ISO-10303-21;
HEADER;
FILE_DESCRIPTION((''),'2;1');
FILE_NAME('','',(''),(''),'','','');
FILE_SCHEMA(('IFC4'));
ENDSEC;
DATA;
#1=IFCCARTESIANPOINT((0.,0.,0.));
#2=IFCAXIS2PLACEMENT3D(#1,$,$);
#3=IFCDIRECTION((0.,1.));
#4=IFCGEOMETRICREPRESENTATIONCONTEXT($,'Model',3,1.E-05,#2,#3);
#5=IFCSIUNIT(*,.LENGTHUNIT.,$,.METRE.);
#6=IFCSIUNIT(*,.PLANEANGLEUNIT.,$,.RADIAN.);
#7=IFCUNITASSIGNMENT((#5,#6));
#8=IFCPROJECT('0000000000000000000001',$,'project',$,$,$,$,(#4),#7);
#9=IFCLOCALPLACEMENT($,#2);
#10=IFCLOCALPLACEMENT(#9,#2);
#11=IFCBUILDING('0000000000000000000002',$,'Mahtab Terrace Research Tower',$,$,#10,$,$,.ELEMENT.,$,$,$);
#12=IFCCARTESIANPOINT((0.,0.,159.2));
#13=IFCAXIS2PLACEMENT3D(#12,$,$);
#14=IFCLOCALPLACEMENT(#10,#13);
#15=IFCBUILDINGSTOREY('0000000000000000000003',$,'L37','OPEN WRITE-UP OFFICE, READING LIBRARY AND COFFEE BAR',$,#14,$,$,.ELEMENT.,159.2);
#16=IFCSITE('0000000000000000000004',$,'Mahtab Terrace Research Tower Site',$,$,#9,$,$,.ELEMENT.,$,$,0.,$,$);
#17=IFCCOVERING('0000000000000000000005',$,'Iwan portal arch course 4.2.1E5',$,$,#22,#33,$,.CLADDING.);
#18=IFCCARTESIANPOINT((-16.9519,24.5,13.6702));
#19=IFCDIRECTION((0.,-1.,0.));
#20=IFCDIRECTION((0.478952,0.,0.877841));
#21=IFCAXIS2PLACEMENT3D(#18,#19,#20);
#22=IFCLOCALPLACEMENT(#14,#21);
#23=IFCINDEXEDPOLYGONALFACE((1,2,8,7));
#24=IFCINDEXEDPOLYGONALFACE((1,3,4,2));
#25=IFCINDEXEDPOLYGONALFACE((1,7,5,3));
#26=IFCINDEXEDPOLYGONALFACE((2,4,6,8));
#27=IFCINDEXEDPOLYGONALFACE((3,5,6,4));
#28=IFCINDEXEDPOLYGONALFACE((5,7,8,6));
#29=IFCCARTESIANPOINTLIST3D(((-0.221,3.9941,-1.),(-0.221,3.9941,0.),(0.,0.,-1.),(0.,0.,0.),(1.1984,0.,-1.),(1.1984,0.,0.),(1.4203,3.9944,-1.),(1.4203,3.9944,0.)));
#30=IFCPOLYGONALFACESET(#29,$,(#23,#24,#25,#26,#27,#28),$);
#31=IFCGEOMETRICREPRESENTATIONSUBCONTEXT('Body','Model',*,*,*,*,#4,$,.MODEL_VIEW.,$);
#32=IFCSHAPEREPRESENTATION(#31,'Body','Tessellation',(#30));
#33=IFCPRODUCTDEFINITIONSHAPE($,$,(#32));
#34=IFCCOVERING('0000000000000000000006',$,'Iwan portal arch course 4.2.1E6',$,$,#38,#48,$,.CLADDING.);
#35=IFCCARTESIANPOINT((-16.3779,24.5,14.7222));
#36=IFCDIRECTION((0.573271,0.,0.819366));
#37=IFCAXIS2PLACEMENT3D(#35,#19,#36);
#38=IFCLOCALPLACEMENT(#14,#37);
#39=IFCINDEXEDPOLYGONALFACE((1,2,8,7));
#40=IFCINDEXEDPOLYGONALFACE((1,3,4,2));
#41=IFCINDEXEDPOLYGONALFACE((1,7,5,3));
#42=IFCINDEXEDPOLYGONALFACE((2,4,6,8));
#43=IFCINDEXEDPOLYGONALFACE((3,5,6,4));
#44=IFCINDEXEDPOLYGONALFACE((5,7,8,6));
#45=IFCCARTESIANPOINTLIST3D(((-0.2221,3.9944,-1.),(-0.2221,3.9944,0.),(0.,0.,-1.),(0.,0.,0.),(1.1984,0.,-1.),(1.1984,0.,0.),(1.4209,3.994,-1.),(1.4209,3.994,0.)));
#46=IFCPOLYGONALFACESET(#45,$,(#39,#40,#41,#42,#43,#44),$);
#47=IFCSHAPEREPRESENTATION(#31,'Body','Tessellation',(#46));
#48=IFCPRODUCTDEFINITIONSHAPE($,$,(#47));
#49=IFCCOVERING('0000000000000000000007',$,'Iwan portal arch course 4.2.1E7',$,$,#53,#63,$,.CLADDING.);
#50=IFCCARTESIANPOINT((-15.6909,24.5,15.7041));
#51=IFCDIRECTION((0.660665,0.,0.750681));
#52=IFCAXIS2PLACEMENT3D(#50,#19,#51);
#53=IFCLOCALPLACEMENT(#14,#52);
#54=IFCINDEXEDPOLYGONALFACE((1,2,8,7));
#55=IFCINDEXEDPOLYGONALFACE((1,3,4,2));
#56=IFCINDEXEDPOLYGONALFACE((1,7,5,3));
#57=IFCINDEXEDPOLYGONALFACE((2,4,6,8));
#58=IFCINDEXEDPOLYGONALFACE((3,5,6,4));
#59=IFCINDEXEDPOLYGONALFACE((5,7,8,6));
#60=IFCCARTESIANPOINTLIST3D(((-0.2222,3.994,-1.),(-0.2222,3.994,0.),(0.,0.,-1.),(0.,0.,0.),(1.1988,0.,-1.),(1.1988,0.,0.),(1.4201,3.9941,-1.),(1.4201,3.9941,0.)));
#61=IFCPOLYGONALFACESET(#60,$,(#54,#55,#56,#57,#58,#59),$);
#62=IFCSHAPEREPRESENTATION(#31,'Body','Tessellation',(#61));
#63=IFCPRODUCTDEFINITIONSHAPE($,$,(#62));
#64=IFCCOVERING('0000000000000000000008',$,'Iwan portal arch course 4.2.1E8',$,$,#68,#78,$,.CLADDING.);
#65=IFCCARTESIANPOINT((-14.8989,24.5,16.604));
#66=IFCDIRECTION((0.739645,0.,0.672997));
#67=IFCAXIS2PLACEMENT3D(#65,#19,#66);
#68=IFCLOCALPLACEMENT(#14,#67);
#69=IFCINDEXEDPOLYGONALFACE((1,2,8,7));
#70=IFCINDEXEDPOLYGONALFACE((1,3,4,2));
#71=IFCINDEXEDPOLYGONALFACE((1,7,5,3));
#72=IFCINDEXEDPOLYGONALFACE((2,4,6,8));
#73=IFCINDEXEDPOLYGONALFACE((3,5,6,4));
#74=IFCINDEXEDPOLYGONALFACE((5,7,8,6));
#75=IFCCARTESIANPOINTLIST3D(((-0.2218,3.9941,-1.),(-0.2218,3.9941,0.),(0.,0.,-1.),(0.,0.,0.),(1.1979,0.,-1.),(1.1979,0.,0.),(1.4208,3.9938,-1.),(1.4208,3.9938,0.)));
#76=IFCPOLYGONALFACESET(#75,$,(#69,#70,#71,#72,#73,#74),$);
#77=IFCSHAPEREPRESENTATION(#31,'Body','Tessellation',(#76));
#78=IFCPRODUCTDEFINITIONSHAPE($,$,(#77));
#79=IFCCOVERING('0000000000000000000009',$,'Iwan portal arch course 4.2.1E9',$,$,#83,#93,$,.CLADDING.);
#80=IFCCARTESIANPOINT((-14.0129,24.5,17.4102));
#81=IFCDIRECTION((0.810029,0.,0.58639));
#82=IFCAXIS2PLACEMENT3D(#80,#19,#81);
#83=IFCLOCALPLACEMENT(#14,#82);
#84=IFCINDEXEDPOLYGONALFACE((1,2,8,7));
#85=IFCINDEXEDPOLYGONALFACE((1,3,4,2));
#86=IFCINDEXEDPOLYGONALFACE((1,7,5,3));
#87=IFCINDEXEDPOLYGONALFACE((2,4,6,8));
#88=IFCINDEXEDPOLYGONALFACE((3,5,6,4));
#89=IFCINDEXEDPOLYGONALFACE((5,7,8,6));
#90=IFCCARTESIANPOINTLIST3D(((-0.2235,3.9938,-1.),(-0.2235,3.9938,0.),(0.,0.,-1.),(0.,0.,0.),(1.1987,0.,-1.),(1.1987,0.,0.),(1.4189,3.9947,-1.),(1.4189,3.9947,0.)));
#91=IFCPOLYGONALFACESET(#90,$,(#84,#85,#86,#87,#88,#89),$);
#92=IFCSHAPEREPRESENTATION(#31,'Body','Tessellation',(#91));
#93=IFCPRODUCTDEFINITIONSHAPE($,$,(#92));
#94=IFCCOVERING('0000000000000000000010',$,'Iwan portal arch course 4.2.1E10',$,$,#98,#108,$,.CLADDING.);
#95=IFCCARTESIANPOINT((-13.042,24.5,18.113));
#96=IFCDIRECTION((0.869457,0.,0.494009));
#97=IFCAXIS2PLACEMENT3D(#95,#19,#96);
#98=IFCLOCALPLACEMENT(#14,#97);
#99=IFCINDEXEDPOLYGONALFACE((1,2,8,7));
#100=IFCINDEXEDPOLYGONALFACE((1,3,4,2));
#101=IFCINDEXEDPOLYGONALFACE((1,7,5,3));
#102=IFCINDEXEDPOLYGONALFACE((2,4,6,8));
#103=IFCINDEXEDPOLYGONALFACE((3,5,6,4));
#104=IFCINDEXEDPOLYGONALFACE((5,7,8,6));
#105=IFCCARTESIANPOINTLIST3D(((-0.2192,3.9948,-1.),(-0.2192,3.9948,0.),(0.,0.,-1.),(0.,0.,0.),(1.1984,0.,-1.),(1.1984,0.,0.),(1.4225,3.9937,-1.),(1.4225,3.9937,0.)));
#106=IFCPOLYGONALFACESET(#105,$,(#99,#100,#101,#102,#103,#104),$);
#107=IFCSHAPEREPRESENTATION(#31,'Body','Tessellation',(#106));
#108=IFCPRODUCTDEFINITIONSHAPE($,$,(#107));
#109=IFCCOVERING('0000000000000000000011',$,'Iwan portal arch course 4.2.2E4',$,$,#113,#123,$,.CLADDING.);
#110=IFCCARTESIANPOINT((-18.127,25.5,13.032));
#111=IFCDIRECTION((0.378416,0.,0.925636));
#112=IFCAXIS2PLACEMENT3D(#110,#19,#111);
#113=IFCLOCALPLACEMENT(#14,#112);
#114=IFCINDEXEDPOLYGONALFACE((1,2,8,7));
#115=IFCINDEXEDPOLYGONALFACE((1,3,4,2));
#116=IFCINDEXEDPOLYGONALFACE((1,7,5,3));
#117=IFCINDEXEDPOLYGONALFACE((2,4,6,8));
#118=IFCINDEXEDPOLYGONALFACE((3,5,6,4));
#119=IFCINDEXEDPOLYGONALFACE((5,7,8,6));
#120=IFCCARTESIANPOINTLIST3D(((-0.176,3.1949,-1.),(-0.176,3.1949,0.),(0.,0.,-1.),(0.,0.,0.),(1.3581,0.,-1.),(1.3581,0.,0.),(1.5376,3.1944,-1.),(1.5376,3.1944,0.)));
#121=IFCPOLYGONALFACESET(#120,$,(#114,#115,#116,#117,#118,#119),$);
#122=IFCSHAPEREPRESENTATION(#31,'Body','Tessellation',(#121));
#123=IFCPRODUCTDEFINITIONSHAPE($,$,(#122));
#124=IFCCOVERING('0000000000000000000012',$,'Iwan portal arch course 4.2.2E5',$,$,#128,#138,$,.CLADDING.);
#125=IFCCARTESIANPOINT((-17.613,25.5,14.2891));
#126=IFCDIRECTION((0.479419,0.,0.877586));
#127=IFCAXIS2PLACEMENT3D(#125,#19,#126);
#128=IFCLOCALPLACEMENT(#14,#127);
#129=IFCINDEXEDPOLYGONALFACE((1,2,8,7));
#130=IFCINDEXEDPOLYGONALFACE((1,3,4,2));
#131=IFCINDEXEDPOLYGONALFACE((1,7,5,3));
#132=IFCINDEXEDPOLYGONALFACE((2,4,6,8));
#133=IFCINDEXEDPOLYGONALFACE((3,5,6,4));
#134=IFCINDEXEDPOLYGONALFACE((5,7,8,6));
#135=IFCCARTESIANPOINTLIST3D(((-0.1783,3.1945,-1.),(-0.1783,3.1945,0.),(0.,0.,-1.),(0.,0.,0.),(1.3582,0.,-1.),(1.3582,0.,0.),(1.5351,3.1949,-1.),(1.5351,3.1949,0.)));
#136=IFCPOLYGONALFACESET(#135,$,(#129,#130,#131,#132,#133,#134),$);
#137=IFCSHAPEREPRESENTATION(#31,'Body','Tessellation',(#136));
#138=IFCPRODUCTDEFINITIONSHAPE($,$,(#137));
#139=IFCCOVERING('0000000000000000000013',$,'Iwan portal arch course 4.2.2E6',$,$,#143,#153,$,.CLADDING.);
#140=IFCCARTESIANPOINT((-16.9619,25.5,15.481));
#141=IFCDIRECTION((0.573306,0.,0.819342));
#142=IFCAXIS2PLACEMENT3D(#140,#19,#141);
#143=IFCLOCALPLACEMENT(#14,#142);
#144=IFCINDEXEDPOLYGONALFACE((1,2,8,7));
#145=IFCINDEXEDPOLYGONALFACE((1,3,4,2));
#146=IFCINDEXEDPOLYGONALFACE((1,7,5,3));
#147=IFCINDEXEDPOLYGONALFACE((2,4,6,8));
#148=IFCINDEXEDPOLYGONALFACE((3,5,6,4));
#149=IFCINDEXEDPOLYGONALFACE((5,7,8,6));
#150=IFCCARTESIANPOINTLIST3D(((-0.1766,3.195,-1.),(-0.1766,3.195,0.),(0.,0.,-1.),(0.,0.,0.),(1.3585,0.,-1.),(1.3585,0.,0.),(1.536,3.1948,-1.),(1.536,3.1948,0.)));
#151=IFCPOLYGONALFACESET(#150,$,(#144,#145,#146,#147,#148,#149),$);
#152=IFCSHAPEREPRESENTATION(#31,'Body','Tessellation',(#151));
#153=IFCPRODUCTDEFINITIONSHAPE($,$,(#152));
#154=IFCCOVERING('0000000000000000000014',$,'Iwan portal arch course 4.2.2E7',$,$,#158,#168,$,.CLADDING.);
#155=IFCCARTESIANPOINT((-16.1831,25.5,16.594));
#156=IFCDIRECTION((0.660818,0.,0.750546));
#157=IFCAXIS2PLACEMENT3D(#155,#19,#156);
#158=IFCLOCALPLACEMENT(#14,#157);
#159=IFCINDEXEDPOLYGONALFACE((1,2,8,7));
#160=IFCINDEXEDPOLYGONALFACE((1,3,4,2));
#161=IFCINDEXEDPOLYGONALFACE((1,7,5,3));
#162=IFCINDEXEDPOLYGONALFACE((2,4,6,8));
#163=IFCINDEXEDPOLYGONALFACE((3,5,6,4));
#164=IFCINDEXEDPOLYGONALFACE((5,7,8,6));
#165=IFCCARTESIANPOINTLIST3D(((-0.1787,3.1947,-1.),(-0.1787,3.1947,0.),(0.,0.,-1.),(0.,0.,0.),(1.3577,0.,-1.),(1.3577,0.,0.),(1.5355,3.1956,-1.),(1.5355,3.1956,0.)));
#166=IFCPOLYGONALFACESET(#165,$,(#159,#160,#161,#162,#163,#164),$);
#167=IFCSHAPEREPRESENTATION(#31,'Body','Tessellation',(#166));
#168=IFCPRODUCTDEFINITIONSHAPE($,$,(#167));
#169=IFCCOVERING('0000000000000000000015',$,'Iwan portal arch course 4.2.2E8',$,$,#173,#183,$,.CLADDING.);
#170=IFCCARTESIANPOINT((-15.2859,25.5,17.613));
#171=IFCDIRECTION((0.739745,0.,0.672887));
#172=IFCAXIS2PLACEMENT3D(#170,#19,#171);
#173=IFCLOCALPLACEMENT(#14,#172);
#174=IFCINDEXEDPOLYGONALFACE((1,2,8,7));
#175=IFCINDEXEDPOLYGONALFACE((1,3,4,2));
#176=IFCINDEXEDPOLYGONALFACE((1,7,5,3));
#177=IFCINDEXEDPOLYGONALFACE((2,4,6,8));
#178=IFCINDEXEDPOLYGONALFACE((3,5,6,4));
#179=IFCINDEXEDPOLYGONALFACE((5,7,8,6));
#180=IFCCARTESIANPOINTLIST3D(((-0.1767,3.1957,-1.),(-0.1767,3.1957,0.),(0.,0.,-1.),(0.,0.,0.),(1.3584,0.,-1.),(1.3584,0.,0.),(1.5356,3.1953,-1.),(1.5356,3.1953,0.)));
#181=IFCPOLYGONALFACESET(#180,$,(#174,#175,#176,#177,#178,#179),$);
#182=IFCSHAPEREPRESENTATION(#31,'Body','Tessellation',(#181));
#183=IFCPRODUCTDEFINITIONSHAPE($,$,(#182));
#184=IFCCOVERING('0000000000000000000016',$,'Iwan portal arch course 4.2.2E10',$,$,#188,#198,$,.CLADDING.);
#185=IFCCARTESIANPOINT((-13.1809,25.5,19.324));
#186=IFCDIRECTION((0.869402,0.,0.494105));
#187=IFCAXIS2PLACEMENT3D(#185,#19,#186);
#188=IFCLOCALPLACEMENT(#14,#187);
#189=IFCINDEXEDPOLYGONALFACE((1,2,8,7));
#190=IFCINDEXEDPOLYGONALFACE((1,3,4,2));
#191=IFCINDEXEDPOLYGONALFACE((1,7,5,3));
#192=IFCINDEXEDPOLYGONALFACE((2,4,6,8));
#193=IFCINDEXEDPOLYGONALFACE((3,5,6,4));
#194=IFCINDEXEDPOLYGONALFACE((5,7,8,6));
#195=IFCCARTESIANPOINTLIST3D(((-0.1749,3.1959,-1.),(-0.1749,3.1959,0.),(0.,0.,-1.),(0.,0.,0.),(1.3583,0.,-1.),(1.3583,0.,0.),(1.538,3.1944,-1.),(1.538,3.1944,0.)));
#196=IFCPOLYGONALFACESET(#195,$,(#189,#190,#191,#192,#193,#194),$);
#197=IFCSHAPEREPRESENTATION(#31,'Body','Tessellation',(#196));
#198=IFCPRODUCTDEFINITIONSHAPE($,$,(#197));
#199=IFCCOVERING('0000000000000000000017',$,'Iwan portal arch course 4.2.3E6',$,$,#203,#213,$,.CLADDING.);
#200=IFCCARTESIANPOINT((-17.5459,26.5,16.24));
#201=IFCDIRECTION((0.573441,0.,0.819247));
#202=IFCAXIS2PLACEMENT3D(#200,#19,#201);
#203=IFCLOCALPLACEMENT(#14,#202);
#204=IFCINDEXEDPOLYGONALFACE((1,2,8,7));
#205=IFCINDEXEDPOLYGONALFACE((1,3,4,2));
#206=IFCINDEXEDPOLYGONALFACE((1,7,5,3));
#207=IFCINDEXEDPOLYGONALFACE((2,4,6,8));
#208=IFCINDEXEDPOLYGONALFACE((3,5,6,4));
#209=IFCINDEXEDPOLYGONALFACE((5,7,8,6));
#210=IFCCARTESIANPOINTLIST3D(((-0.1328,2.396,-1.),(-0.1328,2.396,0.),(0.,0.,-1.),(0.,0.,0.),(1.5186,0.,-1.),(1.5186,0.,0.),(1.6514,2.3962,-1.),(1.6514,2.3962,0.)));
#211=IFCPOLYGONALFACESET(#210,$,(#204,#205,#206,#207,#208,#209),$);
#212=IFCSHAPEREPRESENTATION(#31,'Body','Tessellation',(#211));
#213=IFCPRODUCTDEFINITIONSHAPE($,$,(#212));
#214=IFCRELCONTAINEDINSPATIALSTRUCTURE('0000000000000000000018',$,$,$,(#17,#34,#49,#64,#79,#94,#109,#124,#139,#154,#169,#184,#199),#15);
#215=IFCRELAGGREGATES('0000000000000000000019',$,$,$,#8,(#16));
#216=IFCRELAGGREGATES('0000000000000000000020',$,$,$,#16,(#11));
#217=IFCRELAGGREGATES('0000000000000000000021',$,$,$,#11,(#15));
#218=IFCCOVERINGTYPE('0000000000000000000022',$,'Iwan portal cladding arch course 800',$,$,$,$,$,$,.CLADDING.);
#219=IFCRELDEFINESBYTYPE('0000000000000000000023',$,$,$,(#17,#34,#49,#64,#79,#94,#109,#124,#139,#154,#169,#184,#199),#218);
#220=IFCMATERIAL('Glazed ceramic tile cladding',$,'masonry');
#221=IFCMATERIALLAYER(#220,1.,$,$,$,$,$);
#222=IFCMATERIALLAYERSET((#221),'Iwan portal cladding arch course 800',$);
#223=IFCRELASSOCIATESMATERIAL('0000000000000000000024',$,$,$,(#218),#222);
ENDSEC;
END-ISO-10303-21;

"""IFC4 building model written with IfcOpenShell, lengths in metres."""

from ifc_helpers import new_model, si_unit, direction, frame, origin, place, context, subcontext, project, spatial, polyline, outline, extrude, material, layer, layer_set, type_object, element, save


model = new_model("IFC4")

# Units and contexts
model_context = context("Model", 3, precision=1e-05, world=origin(), true_north=direction((0.0, 1.0)))
body_context = subcontext(model_context, "Body", "Model", "MODEL_VIEW")
ifc_project = project(units=[si_unit("LENGTHUNIT", "METRE"), si_unit("PLANEANGLEUNIT", "RADIAN")], contexts=[model_context])

# Site, building, storey
site_placement = place(None, origin())
site = spatial("IfcSite", under=ifc_project, at=site_placement, Name="Mahtab Terrace Research Tower Site", CompositionType="ELEMENT", RefElevation=0.0)
building_placement = place(site_placement, origin())
building = spatial("IfcBuilding", under=site, at=building_placement, Name="Mahtab Terrace Research Tower", CompositionType="ELEMENT")
storey_placement = place(building_placement, frame((0.0, 0.0, 159.2)))
storey = spatial("IfcBuildingStorey", under=building, at=storey_placement, Name="L37", Description="OPEN WRITE-UP OFFICE, READING LIBRARY AND COFFEE BAR", CompositionType="ELEMENT", Elevation=159.2)

# Coverings
ifc_material = material(Name="Glazed ceramic tile cladding", Category="masonry")
ifc_layer = layer(ifc_material, 1.0)
ifc_layer_set = layer_set([ifc_layer], Name="Iwan portal cladding arch course 800")
covering_type = type_object("IfcCoveringType", Name="Iwan portal cladding arch course 800", PredefinedType="CLADDING", material=ifc_layer_set)
covering_1_placement = place(storey_placement, frame((-16.9519, 24.5, 13.6702), z_axis=(0.0, -1.0, 0.0), x_axis=(0.478952, 0.0, 0.877841)))
element("IfcCovering", 1, at=covering_1_placement, inside=storey, type_object=covering_type, Name="Iwan portal arch course 4.2.1E5", PredefinedType="CLADDING", context=body_context, shape_type="SweptSolid", body=[
    extrude(outline(polyline([(0.0, 0.0), (1.1984, 0.0), (1.4203, 3.9944), (-0.221, 3.9941), (0.0, 0.0)])), origin(), (0.0, 0.0, -1.0), 1.0),
])
covering_2_placement = place(storey_placement, frame((-16.3779, 24.5, 14.7222), z_axis=(0.0, -1.0, 0.0), x_axis=(0.573271, 0.0, 0.819366)))
element("IfcCovering", 2, at=covering_2_placement, inside=storey, type_object=covering_type, Name="Iwan portal arch course 4.2.1E6", PredefinedType="CLADDING", context=body_context, shape_type="SweptSolid", body=[
    extrude(outline(polyline([(0.0, 0.0), (1.1984, 0.0), (1.4209, 3.994), (-0.2221, 3.9944), (0.0, 0.0)])), origin(), (0.0, 0.0, -1.0), 1.0),
])
covering_3_placement = place(storey_placement, frame((-15.6909, 24.5, 15.7041), z_axis=(0.0, -1.0, 0.0), x_axis=(0.660665, 0.0, 0.750681)))
element("IfcCovering", 3, at=covering_3_placement, inside=storey, type_object=covering_type, Name="Iwan portal arch course 4.2.1E7", PredefinedType="CLADDING", context=body_context, shape_type="SweptSolid", body=[
    extrude(outline(polyline([(0.0, 0.0), (1.1988, 0.0), (1.4201, 3.9941), (-0.2222, 3.994), (0.0, 0.0)])), origin(), (0.0, 0.0, -1.0), 1.0),
])
covering_4_placement = place(storey_placement, frame((-14.8989, 24.5, 16.604), z_axis=(0.0, -1.0, 0.0), x_axis=(0.739645, 0.0, 0.672997)))
element("IfcCovering", 4, at=covering_4_placement, inside=storey, type_object=covering_type, Name="Iwan portal arch course 4.2.1E8", PredefinedType="CLADDING", context=body_context, shape_type="SweptSolid", body=[
    extrude(outline(polyline([(0.0, 0.0), (1.1979, 0.0), (1.4208, 3.9938), (-0.2218, 3.9941), (0.0, 0.0)])), origin(), (0.0, 0.0, -1.0), 1.0),
])
covering_5_placement = place(storey_placement, frame((-14.0129, 24.5, 17.4102), z_axis=(0.0, -1.0, 0.0), x_axis=(0.810029, 0.0, 0.58639)))
element("IfcCovering", 5, at=covering_5_placement, inside=storey, type_object=covering_type, Name="Iwan portal arch course 4.2.1E9", PredefinedType="CLADDING", context=body_context, shape_type="SweptSolid", body=[
    extrude(outline(polyline([(0.0, 0.0), (1.1987, 0.0), (1.4189, 3.9947), (-0.2235, 3.9938), (0.0, 0.0)])), origin(), (0.0, 0.0, -1.0), 1.0),
])
covering_6_placement = place(storey_placement, frame((-13.042, 24.5, 18.113), z_axis=(0.0, -1.0, 0.0), x_axis=(0.869457, 0.0, 0.494009)))
element("IfcCovering", 6, at=covering_6_placement, inside=storey, type_object=covering_type, Name="Iwan portal arch course 4.2.1E10", PredefinedType="CLADDING", context=body_context, shape_type="SweptSolid", body=[
    extrude(outline(polyline([(0.0, 0.0), (1.1984, 0.0), (1.4225, 3.9937), (-0.2192, 3.9948), (0.0, 0.0)])), origin(), (0.0, 0.0, -1.0), 1.0),
])
covering_7_placement = place(storey_placement, frame((-18.127, 25.5, 13.032), z_axis=(0.0, -1.0, 0.0), x_axis=(0.378416, 0.0, 0.925636)))
element("IfcCovering", 7, at=covering_7_placement, inside=storey, type_object=covering_type, Name="Iwan portal arch course 4.2.2E4", PredefinedType="CLADDING", context=body_context, shape_type="SweptSolid", body=[
    extrude(outline(polyline([(0.0, 0.0), (1.3581, 0.0), (1.5376, 3.1944), (-0.176, 3.1949), (0.0, 0.0)])), origin(), (0.0, 0.0, -1.0), 1.0),
])
covering_8_placement = place(storey_placement, frame((-17.613, 25.5, 14.2891), z_axis=(0.0, -1.0, 0.0), x_axis=(0.479419, 0.0, 0.877586)))
element("IfcCovering", 8, at=covering_8_placement, inside=storey, type_object=covering_type, Name="Iwan portal arch course 4.2.2E5", PredefinedType="CLADDING", context=body_context, shape_type="SweptSolid", body=[
    extrude(outline(polyline([(0.0, 0.0), (1.3582, 0.0), (1.5351, 3.1949), (-0.1783, 3.1945), (0.0, 0.0)])), origin(), (0.0, 0.0, -1.0), 1.0),
])
covering_9_placement = place(storey_placement, frame((-16.9619, 25.5, 15.481), z_axis=(0.0, -1.0, 0.0), x_axis=(0.573306, 0.0, 0.819342)))
element("IfcCovering", 9, at=covering_9_placement, inside=storey, type_object=covering_type, Name="Iwan portal arch course 4.2.2E6", PredefinedType="CLADDING", context=body_context, shape_type="SweptSolid", body=[
    extrude(outline(polyline([(0.0, 0.0), (1.3585, 0.0), (1.536, 3.1948), (-0.1766, 3.195), (0.0, 0.0)])), origin(), (0.0, 0.0, -1.0), 1.0),
])
covering_10_placement = place(storey_placement, frame((-16.1831, 25.5, 16.594), z_axis=(0.0, -1.0, 0.0), x_axis=(0.660818, 0.0, 0.750546)))
element("IfcCovering", 10, at=covering_10_placement, inside=storey, type_object=covering_type, Name="Iwan portal arch course 4.2.2E7", PredefinedType="CLADDING", context=body_context, shape_type="SweptSolid", body=[
    extrude(outline(polyline([(0.0, 0.0), (1.3577, 0.0), (1.5355, 3.1956), (-0.1787, 3.1947), (0.0, 0.0)])), origin(), (0.0, 0.0, -1.0), 1.0),
])
covering_11_placement = place(storey_placement, frame((-15.2859, 25.5, 17.613), z_axis=(0.0, -1.0, 0.0), x_axis=(0.739745, 0.0, 0.672887)))
element("IfcCovering", 11, at=covering_11_placement, inside=storey, type_object=covering_type, Name="Iwan portal arch course 4.2.2E8", PredefinedType="CLADDING", context=body_context, shape_type="SweptSolid", body=[
    extrude(outline(polyline([(0.0, 0.0), (1.3584, 0.0), (1.5356, 3.1953), (-0.1767, 3.1957), (0.0, 0.0)])), origin(), (0.0, 0.0, -1.0), 1.0),
])
covering_12_placement = place(storey_placement, frame((-13.1809, 25.5, 19.324), z_axis=(0.0, -1.0, 0.0), x_axis=(0.869402, 0.0, 0.494105)))
element("IfcCovering", 12, at=covering_12_placement, inside=storey, type_object=covering_type, Name="Iwan portal arch course 4.2.2E10", PredefinedType="CLADDING", context=body_context, shape_type="SweptSolid", body=[
    extrude(outline(polyline([(0.0, 0.0), (1.3583, 0.0), (1.538, 3.1944), (-0.1749, 3.1959), (0.0, 0.0)])), origin(), (0.0, 0.0, -1.0), 1.0),
])
covering_13_placement = place(storey_placement, frame((-17.5459, 26.5, 16.24), z_axis=(0.0, -1.0, 0.0), x_axis=(0.573441, 0.0, 0.819247)))
element("IfcCovering", 13, at=covering_13_placement, inside=storey, type_object=covering_type, Name="Iwan portal arch course 4.2.3E6", PredefinedType="CLADDING", context=body_context, shape_type="SweptSolid", body=[
    extrude(outline(polyline([(0.0, 0.0), (1.5186, 0.0), (1.6514, 2.3962), (-0.1328, 2.396), (0.0, 0.0)])), origin(), (0.0, 0.0, -1.0), 1.0),
])

save(model, "model.ifc")
